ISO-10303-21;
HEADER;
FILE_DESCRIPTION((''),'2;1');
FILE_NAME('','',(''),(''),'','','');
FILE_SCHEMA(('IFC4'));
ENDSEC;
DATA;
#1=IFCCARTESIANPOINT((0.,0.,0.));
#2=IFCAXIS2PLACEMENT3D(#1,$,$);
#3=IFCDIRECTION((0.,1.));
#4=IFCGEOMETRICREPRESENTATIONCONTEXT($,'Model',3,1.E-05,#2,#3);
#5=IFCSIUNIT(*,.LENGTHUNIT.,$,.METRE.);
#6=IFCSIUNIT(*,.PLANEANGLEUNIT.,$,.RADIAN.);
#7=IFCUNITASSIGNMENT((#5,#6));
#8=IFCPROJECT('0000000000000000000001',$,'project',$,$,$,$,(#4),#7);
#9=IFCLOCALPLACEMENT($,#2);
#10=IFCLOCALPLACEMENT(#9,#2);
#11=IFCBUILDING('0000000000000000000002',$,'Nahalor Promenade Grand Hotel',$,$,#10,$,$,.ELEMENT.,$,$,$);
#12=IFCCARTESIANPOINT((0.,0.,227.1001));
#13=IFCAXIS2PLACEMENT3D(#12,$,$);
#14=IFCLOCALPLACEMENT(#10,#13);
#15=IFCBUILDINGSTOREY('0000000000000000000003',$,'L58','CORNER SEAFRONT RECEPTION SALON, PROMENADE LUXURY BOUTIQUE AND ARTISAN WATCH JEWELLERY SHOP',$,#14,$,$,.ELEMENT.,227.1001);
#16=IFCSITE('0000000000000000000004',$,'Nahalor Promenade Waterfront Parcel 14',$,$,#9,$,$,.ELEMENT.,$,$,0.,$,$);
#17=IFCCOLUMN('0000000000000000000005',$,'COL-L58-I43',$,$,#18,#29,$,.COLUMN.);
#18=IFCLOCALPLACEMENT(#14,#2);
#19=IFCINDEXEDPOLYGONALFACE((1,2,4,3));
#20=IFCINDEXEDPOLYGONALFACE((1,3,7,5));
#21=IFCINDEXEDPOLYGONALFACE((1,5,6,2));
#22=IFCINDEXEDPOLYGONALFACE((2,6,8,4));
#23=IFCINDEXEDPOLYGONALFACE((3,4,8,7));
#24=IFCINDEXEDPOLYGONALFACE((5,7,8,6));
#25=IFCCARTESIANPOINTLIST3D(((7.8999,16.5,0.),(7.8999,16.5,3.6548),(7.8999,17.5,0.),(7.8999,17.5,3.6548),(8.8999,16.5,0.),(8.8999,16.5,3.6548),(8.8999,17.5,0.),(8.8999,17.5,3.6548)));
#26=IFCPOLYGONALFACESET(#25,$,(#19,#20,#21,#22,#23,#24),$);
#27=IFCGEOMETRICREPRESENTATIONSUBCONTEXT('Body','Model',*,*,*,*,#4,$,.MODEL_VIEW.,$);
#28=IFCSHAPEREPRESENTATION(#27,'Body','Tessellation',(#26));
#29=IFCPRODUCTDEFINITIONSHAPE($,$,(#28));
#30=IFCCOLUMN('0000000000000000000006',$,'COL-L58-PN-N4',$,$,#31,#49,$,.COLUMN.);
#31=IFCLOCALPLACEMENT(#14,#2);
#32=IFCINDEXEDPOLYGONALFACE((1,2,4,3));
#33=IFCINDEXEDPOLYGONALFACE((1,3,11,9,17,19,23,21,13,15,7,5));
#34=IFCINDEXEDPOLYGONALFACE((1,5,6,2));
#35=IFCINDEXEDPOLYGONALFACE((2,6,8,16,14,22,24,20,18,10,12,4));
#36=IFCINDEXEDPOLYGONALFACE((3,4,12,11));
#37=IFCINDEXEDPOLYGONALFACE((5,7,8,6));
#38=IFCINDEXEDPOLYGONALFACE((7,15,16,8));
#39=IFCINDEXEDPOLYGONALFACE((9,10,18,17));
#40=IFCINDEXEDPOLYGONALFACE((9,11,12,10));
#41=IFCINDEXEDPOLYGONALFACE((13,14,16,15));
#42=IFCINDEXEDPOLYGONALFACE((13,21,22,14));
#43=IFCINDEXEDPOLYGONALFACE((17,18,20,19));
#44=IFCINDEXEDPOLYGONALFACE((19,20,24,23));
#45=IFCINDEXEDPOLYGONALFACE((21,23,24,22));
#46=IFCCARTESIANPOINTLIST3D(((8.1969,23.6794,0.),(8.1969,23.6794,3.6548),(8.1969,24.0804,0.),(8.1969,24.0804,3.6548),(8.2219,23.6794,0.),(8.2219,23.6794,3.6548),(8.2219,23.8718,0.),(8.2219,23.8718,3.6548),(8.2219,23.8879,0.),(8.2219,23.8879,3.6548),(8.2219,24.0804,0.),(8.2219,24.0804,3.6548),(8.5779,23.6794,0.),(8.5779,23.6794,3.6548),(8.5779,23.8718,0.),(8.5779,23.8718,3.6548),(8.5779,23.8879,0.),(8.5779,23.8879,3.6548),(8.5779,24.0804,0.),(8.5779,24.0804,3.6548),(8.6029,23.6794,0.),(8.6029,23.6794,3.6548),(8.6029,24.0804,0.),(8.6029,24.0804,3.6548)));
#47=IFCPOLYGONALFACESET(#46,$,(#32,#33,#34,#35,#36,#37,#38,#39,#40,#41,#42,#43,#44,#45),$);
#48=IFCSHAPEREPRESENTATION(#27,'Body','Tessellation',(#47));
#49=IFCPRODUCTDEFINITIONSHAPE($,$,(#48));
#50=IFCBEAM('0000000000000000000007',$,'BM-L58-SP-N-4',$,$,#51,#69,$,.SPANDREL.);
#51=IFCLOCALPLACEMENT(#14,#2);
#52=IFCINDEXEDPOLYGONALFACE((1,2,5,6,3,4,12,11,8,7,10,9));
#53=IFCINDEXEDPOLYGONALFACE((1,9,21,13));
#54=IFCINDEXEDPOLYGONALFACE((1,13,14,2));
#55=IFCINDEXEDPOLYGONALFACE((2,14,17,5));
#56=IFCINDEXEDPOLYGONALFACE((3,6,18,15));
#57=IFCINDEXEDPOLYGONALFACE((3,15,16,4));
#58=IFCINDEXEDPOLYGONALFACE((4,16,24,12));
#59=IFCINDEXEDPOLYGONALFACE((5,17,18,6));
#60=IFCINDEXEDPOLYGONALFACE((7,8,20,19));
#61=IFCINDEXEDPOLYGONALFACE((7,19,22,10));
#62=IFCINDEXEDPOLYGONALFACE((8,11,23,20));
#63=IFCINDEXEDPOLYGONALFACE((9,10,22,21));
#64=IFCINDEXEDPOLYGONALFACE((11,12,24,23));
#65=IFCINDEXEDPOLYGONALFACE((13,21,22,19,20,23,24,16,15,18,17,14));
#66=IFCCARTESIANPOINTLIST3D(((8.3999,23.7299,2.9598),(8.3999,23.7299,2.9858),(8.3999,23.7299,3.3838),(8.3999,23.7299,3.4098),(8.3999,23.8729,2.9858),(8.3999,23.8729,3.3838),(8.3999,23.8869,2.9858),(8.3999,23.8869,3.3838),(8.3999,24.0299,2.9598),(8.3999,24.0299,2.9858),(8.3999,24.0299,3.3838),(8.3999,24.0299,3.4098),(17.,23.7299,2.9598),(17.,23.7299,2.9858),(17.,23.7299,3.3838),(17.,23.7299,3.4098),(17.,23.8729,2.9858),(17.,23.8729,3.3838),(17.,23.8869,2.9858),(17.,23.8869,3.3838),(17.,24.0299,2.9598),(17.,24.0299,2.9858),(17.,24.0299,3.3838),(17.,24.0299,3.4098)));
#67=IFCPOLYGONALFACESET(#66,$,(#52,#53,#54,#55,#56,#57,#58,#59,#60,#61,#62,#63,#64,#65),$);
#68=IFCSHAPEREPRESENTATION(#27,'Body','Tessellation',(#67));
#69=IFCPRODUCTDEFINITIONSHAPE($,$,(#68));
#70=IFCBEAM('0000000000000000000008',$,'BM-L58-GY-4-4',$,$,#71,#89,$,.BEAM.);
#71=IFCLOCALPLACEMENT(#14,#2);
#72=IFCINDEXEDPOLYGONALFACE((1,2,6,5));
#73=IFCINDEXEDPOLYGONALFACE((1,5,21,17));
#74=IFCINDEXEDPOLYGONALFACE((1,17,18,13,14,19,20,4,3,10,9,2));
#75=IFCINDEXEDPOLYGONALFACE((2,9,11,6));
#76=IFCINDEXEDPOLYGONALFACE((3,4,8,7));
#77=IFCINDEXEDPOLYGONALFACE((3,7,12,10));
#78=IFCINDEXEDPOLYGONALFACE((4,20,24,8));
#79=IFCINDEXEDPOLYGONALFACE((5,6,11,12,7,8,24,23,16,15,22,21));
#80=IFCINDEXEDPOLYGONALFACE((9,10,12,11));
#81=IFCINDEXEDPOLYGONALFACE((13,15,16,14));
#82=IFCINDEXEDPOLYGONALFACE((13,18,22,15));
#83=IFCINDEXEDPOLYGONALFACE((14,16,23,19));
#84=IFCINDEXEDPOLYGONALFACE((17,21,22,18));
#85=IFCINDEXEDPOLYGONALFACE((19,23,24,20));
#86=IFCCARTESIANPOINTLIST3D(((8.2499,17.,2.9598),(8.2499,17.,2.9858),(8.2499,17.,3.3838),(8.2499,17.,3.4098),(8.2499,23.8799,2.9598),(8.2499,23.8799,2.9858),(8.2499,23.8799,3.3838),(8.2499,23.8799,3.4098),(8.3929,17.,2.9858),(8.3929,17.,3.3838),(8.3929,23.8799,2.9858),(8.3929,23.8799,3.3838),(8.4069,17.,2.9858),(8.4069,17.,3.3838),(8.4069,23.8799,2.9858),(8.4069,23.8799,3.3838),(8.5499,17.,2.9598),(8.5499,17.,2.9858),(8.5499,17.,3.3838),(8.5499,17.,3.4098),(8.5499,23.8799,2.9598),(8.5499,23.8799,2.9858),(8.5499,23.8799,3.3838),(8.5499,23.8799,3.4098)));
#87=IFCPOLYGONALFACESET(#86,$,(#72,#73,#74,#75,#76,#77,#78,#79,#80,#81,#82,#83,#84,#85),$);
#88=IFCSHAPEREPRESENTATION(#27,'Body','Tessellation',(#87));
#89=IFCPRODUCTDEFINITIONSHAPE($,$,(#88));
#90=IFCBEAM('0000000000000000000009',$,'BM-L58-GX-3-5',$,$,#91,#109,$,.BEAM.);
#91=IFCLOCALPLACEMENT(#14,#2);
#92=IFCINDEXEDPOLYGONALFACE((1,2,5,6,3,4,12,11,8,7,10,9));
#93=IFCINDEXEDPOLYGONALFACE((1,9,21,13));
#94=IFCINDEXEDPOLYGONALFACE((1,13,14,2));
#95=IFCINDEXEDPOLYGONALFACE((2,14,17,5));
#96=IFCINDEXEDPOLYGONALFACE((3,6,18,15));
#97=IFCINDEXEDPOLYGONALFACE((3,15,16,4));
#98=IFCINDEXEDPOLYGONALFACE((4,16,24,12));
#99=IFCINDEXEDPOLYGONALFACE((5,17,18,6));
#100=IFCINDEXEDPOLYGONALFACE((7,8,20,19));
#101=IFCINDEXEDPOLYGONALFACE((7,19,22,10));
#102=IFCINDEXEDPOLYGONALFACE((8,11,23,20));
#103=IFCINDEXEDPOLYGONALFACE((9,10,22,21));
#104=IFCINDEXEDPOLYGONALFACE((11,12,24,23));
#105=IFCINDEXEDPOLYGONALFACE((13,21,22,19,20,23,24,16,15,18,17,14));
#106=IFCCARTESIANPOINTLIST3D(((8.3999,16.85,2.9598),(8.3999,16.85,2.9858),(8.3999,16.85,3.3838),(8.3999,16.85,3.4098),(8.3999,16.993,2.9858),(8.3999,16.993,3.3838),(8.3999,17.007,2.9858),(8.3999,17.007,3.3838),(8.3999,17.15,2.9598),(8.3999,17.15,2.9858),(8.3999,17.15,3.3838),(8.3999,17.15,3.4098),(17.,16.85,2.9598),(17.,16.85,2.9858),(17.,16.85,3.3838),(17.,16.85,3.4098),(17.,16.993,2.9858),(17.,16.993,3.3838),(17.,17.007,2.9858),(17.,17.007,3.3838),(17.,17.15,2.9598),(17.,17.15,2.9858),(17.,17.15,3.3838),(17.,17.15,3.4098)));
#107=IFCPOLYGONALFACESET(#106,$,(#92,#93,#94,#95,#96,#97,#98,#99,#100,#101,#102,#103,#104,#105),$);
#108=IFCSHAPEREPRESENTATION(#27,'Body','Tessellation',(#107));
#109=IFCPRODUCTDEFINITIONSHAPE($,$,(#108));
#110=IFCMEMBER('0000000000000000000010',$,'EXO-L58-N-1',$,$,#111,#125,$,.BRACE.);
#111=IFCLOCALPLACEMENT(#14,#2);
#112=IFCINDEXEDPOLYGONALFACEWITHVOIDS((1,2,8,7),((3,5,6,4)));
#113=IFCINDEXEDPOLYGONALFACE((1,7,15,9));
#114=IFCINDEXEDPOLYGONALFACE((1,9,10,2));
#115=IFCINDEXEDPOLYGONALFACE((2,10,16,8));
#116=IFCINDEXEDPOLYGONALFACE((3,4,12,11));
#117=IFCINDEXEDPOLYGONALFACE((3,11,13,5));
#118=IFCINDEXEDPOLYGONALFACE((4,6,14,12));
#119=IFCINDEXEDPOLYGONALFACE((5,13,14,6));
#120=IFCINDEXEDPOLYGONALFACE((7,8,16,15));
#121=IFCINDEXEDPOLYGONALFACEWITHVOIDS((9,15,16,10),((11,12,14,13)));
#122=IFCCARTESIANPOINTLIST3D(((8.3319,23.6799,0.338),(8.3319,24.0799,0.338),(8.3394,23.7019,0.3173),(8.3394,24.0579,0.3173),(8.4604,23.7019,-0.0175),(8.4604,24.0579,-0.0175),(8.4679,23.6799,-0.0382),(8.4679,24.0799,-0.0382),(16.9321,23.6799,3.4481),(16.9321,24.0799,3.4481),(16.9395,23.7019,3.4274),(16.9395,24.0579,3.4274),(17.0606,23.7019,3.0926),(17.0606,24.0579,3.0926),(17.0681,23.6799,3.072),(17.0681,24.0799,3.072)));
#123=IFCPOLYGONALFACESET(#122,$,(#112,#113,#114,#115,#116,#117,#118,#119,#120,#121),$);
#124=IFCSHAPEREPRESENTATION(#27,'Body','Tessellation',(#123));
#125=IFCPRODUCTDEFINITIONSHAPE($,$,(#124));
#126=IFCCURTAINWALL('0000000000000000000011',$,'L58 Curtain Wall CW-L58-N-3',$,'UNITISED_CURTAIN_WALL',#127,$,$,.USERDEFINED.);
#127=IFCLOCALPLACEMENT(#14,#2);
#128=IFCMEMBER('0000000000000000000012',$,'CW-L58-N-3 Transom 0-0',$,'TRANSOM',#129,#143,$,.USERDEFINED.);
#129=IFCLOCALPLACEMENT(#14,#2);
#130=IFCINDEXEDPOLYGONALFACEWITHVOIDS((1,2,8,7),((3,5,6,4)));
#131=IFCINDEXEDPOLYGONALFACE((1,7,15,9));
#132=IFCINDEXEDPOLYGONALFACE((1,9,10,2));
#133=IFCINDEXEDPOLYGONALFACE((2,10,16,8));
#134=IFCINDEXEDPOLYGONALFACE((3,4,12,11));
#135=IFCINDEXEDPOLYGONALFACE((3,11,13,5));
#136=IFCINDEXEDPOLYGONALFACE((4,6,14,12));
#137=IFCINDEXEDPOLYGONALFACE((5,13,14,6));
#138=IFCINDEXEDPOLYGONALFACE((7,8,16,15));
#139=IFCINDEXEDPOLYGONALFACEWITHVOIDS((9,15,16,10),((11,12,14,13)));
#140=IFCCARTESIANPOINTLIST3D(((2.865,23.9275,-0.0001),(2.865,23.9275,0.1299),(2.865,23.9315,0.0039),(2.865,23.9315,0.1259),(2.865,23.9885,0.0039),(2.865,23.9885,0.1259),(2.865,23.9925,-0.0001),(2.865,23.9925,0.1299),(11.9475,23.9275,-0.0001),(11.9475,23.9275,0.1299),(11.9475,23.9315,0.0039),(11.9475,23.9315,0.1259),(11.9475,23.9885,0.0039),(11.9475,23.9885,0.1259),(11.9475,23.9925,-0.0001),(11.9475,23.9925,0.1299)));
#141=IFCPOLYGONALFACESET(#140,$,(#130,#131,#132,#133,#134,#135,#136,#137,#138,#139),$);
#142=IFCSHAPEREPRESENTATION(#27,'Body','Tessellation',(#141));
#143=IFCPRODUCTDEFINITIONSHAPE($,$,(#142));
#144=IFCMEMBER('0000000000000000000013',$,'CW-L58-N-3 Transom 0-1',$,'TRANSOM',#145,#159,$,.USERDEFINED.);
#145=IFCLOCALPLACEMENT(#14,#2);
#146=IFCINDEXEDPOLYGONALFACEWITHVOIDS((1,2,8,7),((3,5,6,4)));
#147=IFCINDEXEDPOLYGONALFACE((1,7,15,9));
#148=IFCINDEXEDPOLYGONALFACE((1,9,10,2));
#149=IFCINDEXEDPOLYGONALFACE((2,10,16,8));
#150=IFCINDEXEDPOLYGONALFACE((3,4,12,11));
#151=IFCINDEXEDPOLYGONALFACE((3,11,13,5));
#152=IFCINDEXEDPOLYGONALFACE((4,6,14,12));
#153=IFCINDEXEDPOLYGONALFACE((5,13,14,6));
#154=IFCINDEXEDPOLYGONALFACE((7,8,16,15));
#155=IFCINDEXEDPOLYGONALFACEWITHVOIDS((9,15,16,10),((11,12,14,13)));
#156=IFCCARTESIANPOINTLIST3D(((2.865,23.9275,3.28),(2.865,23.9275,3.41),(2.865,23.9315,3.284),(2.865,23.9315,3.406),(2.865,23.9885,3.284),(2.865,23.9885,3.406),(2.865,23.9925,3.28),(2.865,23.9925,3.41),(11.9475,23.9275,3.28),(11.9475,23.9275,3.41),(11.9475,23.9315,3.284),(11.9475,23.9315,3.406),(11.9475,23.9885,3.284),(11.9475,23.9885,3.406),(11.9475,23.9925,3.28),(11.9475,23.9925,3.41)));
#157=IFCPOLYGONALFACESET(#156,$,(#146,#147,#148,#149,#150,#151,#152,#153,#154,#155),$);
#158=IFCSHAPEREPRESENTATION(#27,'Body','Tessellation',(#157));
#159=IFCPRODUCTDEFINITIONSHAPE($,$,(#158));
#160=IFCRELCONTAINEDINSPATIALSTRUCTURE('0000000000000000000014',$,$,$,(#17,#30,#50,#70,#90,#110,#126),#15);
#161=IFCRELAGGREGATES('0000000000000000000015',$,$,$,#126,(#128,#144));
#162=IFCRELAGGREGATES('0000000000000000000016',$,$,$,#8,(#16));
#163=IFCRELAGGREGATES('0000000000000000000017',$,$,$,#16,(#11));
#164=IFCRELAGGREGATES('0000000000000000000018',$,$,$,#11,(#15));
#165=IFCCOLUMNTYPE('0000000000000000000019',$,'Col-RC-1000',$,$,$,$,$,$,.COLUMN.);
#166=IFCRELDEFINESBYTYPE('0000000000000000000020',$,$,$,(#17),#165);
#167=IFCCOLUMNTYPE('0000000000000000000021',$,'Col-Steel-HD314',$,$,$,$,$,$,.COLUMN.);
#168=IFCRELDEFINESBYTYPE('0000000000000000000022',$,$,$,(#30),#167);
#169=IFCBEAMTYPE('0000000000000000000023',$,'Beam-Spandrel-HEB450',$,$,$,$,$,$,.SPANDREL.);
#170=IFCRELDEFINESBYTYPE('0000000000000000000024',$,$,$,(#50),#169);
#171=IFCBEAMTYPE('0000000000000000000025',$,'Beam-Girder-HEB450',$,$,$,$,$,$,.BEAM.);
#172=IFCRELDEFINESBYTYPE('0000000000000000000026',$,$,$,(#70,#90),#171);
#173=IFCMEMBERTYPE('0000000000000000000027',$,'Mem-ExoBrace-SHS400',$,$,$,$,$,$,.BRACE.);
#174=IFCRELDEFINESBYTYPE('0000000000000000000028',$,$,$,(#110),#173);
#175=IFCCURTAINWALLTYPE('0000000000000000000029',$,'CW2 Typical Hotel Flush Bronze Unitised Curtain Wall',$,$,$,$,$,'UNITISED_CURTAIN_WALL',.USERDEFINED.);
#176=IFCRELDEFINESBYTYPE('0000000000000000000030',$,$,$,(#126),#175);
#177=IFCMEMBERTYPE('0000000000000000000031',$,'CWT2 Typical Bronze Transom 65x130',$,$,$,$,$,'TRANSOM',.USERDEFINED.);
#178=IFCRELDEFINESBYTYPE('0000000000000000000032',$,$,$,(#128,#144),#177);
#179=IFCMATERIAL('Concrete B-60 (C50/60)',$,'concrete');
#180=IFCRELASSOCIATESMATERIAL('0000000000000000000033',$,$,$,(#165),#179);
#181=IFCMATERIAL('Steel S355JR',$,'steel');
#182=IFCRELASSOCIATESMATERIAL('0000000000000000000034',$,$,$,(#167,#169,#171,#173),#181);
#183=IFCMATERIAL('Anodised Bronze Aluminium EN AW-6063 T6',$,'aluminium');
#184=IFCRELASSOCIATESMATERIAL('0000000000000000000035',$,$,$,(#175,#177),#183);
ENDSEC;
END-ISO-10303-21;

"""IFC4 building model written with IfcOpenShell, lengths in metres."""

from ifc_helpers import new_model, si_unit, direction, frame, origin, origin_2d, place, context, subcontext, project, spatial, rectangle, hollow_rectangle, i_section, extrude, source, transform, mapped, material, material_profile, profile_set, type_object, element, aggregate, save


model = new_model("IFC4")

# Units and contexts
model_context = context("Model", 3, precision=1e-05, world=origin(), true_north=direction((0.0, 1.0)))
body_context = subcontext(model_context, "Body", "Model", "MODEL_VIEW")
ifc_project = project(units=[si_unit("LENGTHUNIT", "METRE"), si_unit("PLANEANGLEUNIT", "RADIAN")], contexts=[model_context])

# Site, building, storey
site_placement = place(None, origin())
site = spatial("IfcSite", under=ifc_project, at=site_placement, Name="Nahalor Promenade Waterfront Parcel 14", CompositionType="ELEMENT", RefElevation=0.0)
building_placement = place(site_placement, origin())
building = spatial("IfcBuilding", under=site, at=building_placement, Name="Nahalor Promenade Grand Hotel", CompositionType="ELEMENT")
storey_placement = place(building_placement, frame((0.0, 0.0, 227.1001)))
storey = spatial("IfcBuildingStorey", under=building, at=storey_placement, Name="L58", Description="CORNER SEAFRONT RECEPTION SALON, PROMENADE LUXURY BOUTIQUE AND ARTISAN WATCH JEWELLERY SHOP", CompositionType="ELEMENT", Elevation=227.1001)

# Columns
ifc_material_1 = material(Name="Concrete B-60 (C50/60)", Category="concrete")
ifc_material_profile_1 = material_profile(ifc_material_1, rectangle(XDim=1.0, YDim=1.0, at=origin_2d()), Name="RC 1000x1000")
ifc_profile_set_1 = profile_set([ifc_material_profile_1], Name="Concrete B-60 (C50/60)")
column_type_1 = type_object("IfcColumnType", Name="Col-RC-1000", PredefinedType="COLUMN", material=ifc_profile_set_1)
shared_shape_1 = source(origin(), body_context, "Body", "SweptSolid", [
    extrude(rectangle(XDim=1.0, YDim=1.0, at=origin_2d()), origin(), (0.0, 0.0, 1.0), 3.6548),
])
column_1_placement = place(storey_placement, frame((8.3999, 17.0, 0.0), z_axis=(0.0, 0.0, 1.0), x_axis=(1.0, 0.0, 0.0)))
element("IfcColumn", 1, at=column_1_placement, inside=storey, type_object=column_type_1, Name="COL-L58-I43", PredefinedType="COLUMN", context=body_context, shape_type="MappedRepresentation", body=[
    mapped(shared_shape_1, transform((0.0, 0.0, 0.0), scale=1.0)),
])
ifc_material_2 = material(Name="Steel S355JR", Category="steel")
ifc_material_profile_2 = material_profile(ifc_material_2, i_section(OverallWidth=0.401, OverallDepth=0.406, WebThickness=0.0161, FlangeThickness=0.025, at=origin_2d()), Name="HD 400x314")
ifc_profile_set_2 = profile_set([ifc_material_profile_2], Name="Steel S355JR")
column_type_2 = type_object("IfcColumnType", Name="Col-Steel-HD314", PredefinedType="COLUMN", material=ifc_profile_set_2)
shared_shape_2 = source(origin(), body_context, "Body", "SweptSolid", [
    extrude(i_section(OverallWidth=0.401, OverallDepth=0.406, WebThickness=0.0161, FlangeThickness=0.025, at=origin_2d()), origin(), (0.0, 0.0, 1.0), 3.6548),
])
column_2_placement = place(storey_placement, frame((8.3999, 23.8799, 0.0), z_axis=(0.0, 0.0, 1.0), x_axis=(0.0, 1.0, 0.0)))
element("IfcColumn", 2, at=column_2_placement, inside=storey, type_object=column_type_2, Name="COL-L58-PN-N4", PredefinedType="COLUMN", context=body_context, shape_type="MappedRepresentation", body=[
    mapped(shared_shape_2, transform((0.0, 0.0, 0.0), scale=1.0)),
])

# Beams
ifc_material_profile_3 = material_profile(ifc_material_2, i_section(OverallWidth=0.3, OverallDepth=0.45, WebThickness=0.014, FlangeThickness=0.026, at=origin_2d()), Name="HEB 450")
ifc_profile_set_3 = profile_set([ifc_material_profile_3], Name="Steel S355JR")
beam_type_1 = type_object("IfcBeamType", Name="Beam-Spandrel-HEB450", PredefinedType="SPANDREL", material=ifc_profile_set_3)
shared_shape_3 = source(origin(), body_context, "Body", "SweptSolid", [
    extrude(i_section(OverallWidth=0.3, OverallDepth=0.45, WebThickness=0.014, FlangeThickness=0.026, at=origin_2d()), origin(), (0.0, 0.0, 1.0), 8.6001),
])
beam_1_placement = place(storey_placement, frame((8.3999, 23.8799, 3.1848), z_axis=(1.0, 0.0, 0.0), x_axis=(0.0, 1.0, 0.0)))
element("IfcBeam", 3, at=beam_1_placement, inside=storey, type_object=beam_type_1, Name="BM-L58-SP-N-4", PredefinedType="SPANDREL", context=body_context, shape_type="MappedRepresentation", body=[
    mapped(shared_shape_3, transform((0.0, 0.0, 0.0), scale=1.0)),
])
ifc_material_profile_4 = material_profile(ifc_material_2, i_section(OverallWidth=0.3, OverallDepth=0.45, WebThickness=0.014, FlangeThickness=0.026, at=origin_2d()), Name="HEB 450")
ifc_profile_set_4 = profile_set([ifc_material_profile_4], Name="Steel S355JR")
beam_type_2 = type_object("IfcBeamType", Name="Beam-Girder-HEB450", PredefinedType="BEAM", material=ifc_profile_set_4)
shared_shape_4 = source(origin(), body_context, "Body", "SweptSolid", [
    extrude(i_section(OverallWidth=0.3, OverallDepth=0.45, WebThickness=0.014, FlangeThickness=0.026, at=origin_2d()), origin(), (0.0, 0.0, 1.0), 6.8799),
])
beam_2_placement = place(storey_placement, frame((8.3999, 17.0, 3.1848), z_axis=(0.0, 1.0, 0.0), x_axis=(-1.0, 0.0, 0.0)))
element("IfcBeam", 4, at=beam_2_placement, inside=storey, type_object=beam_type_2, Name="BM-L58-GY-4-4", PredefinedType="BEAM", context=body_context, shape_type="MappedRepresentation", body=[
    mapped(shared_shape_4, transform((0.0, 0.0, 0.0), scale=1.0)),
])
shared_shape_5 = source(origin(), body_context, "Body", "SweptSolid", [
    extrude(i_section(OverallWidth=0.3, OverallDepth=0.45, WebThickness=0.014, FlangeThickness=0.026, at=origin_2d()), origin(), (0.0, 0.0, 1.0), 8.6001),
])
beam_3_placement = place(storey_placement, frame((8.3999, 17.0, 3.1848), z_axis=(1.0, 0.0, 0.0), x_axis=(0.0, 1.0, 0.0)))
element("IfcBeam", 5, at=beam_3_placement, inside=storey, type_object=beam_type_2, Name="BM-L58-GX-3-5", PredefinedType="BEAM", context=body_context, shape_type="MappedRepresentation", body=[
    mapped(shared_shape_5, transform((0.0, 0.0, 0.0), scale=1.0)),
])

# Member
ifc_material_profile_5 = material_profile(ifc_material_2, hollow_rectangle(XDim=0.4, YDim=0.4, WallThickness=0.022, at=origin_2d()), Name="SHS 400x400x22")
ifc_profile_set_5 = profile_set([ifc_material_profile_5], Name="Steel S355JR")
member_type_1 = type_object("IfcMemberType", Name="Mem-ExoBrace-SHS400", PredefinedType="BRACE", material=ifc_profile_set_5)
shared_shape_6 = source(origin(), body_context, "Body", "SweptSolid", [
    extrude(hollow_rectangle(XDim=0.4, YDim=0.4, WallThickness=0.022, at=origin_2d()), origin(), (0.0, 0.0, 1.0), 9.1453),
])
member_1_placement = place(storey_placement, frame((8.3999, 23.8799, 0.1499), z_axis=(0.940396, 0.0, 0.340081), x_axis=(0.0, 1.0, 0.0)))
element("IfcMember", 6, at=member_1_placement, inside=storey, type_object=member_type_1, Name="EXO-L58-N-1", PredefinedType="BRACE", context=body_context, shape_type="MappedRepresentation", body=[
    mapped(shared_shape_6, transform((0.0, 0.0, 0.0), scale=1.0)),
])

# Curtain wall, members
ifc_material_3 = material(Name="Anodised Bronze Aluminium EN AW-6063 T6", Category="aluminium")
curtain_wall_type = type_object("IfcCurtainWallType", Name="CW2 Typical Hotel Flush Bronze Unitised Curtain Wall", ElementType="UNITISED_CURTAIN_WALL", PredefinedType="USERDEFINED", material=ifc_material_3)
curtain_wall_placement = place(storey_placement, origin())
curtain_wall = element("IfcCurtainWall", 7, at=curtain_wall_placement, inside=storey, type_object=curtain_wall_type, Name="L58 Curtain Wall CW-L58-N-3", ObjectType="UNITISED_CURTAIN_WALL", PredefinedType="USERDEFINED")
ifc_material_profile_6 = material_profile(ifc_material_3, hollow_rectangle(XDim=0.065, YDim=0.13, WallThickness=0.004, at=origin_2d()), Name="CWT 65x130x4")
ifc_profile_set_6 = profile_set([ifc_material_profile_6], Name="Anodised Bronze Aluminium EN AW-6063 T6")
member_type_2 = type_object("IfcMemberType", Name="CWT2 Typical Bronze Transom 65x130", ElementType="TRANSOM", PredefinedType="USERDEFINED", material=ifc_profile_set_6)
shared_shape_7 = source(origin(), body_context, "Body", "SweptSolid", [
    extrude(hollow_rectangle(XDim=0.065, YDim=0.13, WallThickness=0.004, at=origin_2d()), origin(), (0.0, 0.0, 1.0), 9.0825),
])
member_2_placement = place(storey_placement, frame((2.865, 23.96, 0.0649), z_axis=(1.0, 0.0, 0.0), x_axis=(0.0, 1.0, 0.0)))
member_2 = element("IfcMember", 8, at=member_2_placement, type_object=member_type_2, Name="CW-L58-N-3 Transom 0-0", ObjectType="TRANSOM", PredefinedType="USERDEFINED", context=body_context, shape_type="MappedRepresentation", body=[
    mapped(shared_shape_7, transform((0.0, 0.0, 0.0), scale=1.0)),
])
member_3_placement = place(storey_placement, frame((2.865, 23.96, 3.345), z_axis=(1.0, 0.0, 0.0), x_axis=(0.0, 1.0, 0.0)))
member_3 = element("IfcMember", 9, at=member_3_placement, type_object=member_type_2, Name="CW-L58-N-3 Transom 0-1", ObjectType="TRANSOM", PredefinedType="USERDEFINED", context=body_context, shape_type="MappedRepresentation", body=[
    mapped(shared_shape_7, transform((0.0, 0.0, 0.0), scale=1.0)),
])
aggregate(curtain_wall, [member_2, member_3])

save(model, "model.ifc")
